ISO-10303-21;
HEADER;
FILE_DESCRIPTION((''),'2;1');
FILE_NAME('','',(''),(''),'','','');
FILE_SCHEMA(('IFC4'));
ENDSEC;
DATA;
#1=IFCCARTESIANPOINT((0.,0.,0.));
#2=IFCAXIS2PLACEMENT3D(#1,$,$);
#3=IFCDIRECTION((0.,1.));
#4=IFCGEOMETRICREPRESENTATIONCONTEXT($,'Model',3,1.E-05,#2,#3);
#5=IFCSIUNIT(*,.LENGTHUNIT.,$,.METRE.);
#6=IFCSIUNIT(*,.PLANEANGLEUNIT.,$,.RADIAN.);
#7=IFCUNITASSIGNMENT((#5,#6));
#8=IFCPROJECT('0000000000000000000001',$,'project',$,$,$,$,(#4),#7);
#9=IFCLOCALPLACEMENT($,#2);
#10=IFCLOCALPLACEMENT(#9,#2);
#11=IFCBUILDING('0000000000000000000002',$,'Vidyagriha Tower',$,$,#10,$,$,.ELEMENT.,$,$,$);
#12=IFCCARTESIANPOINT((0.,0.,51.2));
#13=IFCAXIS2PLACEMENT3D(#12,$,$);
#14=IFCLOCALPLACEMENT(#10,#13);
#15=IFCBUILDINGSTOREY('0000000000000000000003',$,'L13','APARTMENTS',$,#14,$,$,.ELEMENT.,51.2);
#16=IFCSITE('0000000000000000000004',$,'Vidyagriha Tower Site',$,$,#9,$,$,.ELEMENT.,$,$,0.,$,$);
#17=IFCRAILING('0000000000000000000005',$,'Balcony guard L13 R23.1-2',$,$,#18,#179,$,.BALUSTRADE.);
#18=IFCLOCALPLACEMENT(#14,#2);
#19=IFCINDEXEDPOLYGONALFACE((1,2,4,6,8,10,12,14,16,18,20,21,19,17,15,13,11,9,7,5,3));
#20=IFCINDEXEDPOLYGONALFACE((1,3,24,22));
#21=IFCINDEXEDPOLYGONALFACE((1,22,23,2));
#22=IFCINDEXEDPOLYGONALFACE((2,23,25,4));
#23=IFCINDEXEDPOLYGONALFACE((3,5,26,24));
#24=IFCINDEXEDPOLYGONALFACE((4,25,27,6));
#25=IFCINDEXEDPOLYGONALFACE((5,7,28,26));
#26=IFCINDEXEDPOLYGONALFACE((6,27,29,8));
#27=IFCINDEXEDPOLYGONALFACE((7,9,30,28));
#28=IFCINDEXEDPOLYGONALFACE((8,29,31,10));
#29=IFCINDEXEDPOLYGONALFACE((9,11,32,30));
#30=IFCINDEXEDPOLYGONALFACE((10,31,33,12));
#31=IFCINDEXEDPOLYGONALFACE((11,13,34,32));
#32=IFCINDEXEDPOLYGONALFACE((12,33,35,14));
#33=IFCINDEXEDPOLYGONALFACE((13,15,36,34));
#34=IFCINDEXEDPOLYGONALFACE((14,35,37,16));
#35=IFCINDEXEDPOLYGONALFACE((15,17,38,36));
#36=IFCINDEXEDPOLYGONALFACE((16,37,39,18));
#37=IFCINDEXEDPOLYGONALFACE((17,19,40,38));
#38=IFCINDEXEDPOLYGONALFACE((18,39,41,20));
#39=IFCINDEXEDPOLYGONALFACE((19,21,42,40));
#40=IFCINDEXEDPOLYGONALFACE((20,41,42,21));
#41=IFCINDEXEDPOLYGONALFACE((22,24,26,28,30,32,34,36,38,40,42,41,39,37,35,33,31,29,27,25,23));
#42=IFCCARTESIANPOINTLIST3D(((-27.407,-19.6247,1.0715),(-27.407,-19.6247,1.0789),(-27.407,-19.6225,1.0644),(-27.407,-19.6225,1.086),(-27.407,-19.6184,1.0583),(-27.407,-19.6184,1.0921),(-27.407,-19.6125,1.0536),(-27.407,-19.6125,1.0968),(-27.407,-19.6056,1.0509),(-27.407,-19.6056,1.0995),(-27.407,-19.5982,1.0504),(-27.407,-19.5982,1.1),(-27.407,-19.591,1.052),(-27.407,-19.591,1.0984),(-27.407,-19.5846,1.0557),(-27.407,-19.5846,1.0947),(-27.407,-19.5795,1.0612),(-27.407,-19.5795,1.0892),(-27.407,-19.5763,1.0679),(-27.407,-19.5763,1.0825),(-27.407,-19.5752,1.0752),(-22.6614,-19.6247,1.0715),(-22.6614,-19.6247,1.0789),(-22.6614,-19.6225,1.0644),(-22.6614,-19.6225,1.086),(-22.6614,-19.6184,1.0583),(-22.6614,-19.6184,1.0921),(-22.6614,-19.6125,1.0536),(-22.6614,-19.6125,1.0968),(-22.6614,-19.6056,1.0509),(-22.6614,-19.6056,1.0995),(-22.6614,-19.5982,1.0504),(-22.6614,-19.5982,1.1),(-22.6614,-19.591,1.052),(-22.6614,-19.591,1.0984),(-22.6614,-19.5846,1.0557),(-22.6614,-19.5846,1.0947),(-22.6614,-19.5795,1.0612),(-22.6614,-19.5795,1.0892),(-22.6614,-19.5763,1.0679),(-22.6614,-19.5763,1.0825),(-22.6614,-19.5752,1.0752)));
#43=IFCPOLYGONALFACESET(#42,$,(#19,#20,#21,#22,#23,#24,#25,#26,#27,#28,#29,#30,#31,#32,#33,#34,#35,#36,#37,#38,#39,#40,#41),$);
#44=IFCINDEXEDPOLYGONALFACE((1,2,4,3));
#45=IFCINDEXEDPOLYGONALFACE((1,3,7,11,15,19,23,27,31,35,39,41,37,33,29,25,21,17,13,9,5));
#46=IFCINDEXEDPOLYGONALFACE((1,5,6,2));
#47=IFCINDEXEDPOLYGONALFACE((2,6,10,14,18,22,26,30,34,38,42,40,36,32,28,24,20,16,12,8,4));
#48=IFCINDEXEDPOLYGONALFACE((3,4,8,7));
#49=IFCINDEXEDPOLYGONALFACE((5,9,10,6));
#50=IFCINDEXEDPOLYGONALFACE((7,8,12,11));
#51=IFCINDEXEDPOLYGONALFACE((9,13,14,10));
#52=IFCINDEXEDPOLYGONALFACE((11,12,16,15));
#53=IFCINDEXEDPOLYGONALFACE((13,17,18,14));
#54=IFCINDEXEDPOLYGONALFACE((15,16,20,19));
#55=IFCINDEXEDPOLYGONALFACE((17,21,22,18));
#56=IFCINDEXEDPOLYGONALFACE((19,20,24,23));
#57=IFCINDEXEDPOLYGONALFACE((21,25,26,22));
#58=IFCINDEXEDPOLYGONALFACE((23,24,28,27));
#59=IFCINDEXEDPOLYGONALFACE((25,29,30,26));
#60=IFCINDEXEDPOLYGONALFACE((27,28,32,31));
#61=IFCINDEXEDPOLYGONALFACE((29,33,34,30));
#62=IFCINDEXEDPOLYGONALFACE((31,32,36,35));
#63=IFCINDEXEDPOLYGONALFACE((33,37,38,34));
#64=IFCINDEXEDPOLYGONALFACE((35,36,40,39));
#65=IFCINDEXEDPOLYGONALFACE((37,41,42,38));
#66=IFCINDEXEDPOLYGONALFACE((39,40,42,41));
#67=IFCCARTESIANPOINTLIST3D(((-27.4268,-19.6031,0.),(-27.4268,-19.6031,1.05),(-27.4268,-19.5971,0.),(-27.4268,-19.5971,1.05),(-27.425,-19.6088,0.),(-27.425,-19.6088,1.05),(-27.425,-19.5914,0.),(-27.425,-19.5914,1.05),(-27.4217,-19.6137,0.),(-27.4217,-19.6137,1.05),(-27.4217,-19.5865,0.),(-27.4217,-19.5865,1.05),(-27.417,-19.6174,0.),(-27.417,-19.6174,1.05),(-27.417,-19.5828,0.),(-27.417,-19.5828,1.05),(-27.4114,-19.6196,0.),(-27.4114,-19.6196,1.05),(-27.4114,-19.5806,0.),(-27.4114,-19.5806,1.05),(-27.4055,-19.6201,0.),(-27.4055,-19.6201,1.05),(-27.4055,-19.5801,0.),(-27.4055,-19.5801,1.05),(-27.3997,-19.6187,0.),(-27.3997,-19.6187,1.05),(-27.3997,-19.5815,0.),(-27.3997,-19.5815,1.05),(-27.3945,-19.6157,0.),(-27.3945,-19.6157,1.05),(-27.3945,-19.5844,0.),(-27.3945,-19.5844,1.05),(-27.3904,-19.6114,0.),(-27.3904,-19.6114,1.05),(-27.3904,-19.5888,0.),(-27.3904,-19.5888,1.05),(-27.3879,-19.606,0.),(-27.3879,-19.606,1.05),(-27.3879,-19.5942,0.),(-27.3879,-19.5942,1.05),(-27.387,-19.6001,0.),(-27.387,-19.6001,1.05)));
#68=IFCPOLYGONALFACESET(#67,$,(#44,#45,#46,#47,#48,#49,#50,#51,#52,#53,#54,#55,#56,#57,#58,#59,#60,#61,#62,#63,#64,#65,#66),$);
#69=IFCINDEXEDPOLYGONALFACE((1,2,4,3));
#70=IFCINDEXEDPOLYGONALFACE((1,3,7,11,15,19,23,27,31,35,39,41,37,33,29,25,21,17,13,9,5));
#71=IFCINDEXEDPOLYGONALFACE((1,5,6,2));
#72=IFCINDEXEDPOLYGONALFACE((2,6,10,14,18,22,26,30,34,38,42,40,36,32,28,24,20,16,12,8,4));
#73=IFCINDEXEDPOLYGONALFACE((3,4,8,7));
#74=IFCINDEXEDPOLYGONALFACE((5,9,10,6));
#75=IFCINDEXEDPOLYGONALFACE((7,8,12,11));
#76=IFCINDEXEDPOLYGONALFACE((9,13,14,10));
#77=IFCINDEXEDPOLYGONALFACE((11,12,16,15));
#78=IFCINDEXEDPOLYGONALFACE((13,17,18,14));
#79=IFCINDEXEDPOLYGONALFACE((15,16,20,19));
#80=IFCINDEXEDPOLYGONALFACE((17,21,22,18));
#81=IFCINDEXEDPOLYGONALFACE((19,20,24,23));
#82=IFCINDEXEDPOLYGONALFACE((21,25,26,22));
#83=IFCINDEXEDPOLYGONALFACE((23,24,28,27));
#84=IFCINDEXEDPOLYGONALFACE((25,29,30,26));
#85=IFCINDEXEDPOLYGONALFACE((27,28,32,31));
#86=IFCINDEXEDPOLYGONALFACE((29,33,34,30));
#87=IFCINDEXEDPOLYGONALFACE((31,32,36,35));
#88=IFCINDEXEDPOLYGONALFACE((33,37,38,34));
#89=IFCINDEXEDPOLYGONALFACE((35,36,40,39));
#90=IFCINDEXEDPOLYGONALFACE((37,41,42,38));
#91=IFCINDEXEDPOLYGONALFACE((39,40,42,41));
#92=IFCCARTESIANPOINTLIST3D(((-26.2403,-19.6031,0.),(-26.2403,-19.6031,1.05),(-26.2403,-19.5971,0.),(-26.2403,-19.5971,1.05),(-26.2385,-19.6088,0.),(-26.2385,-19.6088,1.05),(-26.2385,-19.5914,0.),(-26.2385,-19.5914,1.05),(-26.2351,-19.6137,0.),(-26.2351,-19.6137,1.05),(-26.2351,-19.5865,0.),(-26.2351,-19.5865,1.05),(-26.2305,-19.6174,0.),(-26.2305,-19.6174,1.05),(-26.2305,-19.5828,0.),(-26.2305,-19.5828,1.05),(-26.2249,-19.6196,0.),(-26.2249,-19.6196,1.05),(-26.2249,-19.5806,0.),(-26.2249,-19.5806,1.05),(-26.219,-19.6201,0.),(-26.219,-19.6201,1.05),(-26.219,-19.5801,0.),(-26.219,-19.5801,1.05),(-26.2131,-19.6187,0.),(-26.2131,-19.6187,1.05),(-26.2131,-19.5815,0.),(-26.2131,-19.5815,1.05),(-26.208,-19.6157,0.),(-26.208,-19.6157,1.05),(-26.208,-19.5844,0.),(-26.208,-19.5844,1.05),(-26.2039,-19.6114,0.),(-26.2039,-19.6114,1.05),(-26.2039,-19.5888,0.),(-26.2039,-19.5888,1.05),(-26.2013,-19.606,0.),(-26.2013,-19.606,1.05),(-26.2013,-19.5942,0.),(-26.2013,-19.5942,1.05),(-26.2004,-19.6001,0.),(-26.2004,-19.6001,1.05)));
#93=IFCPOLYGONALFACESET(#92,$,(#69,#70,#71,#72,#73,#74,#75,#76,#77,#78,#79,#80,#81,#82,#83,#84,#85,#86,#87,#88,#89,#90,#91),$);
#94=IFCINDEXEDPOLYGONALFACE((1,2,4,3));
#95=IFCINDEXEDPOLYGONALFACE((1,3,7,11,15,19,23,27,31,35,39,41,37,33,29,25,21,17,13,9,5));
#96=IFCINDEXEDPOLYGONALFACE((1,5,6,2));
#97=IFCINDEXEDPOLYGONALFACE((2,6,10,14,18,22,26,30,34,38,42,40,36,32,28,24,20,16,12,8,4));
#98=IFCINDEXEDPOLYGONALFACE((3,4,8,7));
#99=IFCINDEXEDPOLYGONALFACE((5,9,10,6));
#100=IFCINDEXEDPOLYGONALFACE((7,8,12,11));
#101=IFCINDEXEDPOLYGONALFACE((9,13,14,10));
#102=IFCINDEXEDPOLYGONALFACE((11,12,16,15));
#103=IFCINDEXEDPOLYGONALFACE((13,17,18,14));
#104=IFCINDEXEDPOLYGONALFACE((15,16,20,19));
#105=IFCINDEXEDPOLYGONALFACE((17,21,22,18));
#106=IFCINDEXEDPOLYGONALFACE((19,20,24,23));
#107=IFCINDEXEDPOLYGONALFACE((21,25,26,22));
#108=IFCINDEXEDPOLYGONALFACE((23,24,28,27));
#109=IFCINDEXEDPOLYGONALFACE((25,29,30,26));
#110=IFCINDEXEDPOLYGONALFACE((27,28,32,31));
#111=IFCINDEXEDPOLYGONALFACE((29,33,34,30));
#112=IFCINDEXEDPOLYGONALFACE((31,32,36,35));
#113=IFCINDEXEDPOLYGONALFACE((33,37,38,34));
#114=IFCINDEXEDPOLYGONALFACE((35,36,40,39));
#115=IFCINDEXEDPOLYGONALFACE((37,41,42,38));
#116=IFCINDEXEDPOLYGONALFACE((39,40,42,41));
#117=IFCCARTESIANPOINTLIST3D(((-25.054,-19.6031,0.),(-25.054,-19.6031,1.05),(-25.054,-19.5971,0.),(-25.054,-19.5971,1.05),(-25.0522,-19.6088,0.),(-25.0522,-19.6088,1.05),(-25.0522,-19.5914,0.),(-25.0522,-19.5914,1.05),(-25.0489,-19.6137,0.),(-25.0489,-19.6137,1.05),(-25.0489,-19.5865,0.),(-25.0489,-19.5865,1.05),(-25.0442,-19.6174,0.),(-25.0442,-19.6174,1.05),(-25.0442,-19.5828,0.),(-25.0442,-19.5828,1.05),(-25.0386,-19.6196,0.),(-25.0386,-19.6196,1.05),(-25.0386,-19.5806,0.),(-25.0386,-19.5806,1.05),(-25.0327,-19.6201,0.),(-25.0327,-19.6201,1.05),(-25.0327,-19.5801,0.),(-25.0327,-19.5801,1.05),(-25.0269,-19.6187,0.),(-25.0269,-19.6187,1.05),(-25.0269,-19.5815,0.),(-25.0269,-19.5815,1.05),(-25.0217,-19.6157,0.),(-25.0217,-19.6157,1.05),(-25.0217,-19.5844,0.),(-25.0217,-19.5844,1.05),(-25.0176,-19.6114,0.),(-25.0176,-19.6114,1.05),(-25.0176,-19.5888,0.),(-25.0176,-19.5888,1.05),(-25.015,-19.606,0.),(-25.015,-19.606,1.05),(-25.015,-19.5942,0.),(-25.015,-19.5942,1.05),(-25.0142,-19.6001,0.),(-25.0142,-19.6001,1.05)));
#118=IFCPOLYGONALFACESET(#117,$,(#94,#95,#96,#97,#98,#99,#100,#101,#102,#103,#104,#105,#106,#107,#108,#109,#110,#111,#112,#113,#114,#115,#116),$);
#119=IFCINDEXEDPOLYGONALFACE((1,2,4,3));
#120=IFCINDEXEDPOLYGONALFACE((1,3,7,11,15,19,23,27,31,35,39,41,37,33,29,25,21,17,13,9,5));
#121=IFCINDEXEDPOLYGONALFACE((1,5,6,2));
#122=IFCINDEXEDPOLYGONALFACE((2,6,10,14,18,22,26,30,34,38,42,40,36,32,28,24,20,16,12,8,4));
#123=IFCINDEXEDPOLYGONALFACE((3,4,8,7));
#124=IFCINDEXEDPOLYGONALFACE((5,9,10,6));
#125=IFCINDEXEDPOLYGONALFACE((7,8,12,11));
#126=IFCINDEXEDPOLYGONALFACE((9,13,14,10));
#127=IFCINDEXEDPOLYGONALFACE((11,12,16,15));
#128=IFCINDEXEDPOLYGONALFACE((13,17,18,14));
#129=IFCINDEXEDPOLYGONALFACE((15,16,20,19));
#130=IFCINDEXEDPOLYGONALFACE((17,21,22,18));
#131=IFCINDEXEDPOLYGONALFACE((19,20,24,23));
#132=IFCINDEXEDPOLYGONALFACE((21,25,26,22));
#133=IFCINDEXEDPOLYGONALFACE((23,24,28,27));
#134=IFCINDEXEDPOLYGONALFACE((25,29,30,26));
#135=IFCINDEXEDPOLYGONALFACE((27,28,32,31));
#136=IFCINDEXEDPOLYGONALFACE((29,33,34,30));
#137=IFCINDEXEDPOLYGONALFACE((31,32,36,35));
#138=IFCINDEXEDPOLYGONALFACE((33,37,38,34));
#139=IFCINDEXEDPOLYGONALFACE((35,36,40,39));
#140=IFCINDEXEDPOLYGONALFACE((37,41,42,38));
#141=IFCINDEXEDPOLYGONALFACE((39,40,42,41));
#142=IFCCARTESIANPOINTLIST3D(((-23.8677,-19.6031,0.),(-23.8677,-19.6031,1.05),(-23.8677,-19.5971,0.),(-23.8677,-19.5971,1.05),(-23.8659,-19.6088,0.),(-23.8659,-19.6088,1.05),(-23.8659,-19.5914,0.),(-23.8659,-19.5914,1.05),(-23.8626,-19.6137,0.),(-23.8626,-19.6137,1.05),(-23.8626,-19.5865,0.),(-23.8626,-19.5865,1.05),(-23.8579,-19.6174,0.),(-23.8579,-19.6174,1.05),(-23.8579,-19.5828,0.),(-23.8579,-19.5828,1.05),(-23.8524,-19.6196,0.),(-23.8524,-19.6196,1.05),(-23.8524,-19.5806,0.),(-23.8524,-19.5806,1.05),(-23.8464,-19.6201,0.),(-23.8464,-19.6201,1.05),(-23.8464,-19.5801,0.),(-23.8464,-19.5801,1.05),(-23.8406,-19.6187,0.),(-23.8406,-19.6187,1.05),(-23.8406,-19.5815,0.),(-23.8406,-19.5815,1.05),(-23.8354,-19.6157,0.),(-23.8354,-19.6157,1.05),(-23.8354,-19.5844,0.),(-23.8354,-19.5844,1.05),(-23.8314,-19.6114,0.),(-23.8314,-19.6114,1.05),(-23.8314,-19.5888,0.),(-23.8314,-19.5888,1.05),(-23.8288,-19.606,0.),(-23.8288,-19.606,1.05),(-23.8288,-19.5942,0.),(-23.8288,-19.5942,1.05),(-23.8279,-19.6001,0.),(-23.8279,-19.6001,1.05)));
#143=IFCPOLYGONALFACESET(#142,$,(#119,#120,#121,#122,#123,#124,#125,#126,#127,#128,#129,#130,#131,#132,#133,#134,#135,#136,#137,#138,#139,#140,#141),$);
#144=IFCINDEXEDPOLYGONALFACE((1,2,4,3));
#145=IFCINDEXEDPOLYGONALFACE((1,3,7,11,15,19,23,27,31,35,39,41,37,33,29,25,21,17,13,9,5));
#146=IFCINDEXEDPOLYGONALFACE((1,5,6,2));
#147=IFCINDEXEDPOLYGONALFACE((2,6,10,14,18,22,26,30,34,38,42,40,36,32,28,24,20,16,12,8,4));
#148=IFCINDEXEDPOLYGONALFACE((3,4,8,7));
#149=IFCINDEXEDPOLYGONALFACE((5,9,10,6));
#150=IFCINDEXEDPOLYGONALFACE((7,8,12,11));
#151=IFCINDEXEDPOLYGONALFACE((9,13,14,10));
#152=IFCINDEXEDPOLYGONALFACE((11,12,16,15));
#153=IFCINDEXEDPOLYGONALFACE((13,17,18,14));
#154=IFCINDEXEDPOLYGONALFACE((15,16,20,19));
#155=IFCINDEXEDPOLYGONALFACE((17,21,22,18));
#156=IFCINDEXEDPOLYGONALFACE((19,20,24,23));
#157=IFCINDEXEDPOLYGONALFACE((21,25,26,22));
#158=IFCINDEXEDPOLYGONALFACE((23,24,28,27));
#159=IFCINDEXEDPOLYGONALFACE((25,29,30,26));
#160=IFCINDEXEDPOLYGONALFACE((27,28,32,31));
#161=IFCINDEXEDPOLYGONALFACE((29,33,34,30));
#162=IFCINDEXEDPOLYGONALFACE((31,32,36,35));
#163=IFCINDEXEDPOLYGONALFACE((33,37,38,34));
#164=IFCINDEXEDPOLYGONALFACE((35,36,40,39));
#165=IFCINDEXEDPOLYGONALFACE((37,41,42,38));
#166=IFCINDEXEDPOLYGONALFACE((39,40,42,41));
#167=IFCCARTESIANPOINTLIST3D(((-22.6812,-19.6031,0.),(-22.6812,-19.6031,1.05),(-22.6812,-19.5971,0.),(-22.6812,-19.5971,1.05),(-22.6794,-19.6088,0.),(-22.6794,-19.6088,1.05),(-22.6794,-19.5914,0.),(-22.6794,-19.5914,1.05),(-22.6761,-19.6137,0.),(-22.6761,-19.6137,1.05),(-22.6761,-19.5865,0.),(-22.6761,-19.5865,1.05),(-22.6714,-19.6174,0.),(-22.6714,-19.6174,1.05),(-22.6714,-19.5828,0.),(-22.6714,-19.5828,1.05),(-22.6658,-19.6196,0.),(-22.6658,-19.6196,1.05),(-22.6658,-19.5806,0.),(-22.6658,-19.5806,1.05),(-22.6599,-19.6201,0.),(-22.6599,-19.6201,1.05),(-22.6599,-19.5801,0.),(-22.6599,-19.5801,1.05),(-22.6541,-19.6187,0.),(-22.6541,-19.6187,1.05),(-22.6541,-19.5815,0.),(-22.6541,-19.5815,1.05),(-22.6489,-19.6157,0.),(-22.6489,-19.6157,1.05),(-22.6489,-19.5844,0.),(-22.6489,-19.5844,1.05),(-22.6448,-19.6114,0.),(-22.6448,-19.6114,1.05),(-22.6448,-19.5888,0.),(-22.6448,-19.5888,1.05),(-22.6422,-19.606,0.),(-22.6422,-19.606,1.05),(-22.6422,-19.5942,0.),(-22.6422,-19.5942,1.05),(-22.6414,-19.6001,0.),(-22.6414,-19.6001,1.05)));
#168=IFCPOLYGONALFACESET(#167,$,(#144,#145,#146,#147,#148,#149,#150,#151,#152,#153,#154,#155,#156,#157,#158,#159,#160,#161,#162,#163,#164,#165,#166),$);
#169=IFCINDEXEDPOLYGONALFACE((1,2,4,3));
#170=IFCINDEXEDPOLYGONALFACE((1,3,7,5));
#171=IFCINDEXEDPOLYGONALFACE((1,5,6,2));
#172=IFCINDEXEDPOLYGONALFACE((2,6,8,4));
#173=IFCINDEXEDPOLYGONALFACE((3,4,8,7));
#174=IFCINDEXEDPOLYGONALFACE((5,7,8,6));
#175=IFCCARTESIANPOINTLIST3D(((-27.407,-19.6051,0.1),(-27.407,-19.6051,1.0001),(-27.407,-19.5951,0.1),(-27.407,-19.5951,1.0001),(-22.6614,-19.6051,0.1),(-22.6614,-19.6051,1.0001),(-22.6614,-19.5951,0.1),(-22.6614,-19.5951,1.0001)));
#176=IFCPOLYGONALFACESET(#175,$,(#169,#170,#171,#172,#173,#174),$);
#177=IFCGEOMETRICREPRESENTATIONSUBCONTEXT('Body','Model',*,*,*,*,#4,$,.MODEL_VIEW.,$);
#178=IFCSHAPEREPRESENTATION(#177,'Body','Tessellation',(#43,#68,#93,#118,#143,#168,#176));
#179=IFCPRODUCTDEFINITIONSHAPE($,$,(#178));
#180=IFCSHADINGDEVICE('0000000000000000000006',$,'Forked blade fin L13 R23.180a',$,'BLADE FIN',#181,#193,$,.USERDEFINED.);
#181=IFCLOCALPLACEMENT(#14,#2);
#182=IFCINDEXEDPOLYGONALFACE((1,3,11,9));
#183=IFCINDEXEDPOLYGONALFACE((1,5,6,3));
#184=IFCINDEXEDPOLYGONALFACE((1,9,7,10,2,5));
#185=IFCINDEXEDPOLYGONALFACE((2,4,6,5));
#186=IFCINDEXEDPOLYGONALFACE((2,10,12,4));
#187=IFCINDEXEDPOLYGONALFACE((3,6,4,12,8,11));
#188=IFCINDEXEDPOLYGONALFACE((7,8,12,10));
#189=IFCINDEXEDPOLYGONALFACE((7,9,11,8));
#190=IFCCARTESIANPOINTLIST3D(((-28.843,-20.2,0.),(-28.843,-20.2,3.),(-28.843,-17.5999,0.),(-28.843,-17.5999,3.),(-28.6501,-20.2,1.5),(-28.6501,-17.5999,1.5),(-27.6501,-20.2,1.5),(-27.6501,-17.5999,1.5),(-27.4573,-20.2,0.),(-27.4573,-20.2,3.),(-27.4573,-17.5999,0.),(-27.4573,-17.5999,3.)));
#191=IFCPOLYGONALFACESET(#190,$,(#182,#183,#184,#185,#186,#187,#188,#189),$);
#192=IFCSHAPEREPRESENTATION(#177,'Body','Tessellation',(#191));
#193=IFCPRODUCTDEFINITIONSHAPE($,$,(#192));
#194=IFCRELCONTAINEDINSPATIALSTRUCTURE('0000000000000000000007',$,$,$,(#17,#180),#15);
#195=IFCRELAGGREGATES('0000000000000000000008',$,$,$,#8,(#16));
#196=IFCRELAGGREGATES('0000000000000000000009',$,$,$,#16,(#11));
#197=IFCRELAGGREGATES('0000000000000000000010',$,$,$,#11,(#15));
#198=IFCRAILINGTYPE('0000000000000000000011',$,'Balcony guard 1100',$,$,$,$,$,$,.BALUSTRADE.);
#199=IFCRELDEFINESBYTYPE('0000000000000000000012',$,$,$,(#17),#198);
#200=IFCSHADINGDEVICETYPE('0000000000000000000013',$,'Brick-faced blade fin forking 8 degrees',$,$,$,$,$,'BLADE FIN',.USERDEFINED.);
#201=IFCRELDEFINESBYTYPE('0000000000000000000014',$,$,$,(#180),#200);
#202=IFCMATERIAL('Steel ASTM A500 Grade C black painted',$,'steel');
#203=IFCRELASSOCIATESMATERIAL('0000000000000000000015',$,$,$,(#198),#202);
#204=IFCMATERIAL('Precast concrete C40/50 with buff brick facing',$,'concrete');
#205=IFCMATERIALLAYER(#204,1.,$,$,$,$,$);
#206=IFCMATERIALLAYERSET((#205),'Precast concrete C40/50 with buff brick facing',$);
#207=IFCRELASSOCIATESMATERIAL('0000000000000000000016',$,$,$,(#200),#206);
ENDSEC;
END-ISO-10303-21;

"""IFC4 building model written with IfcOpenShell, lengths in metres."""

from ifc_helpers import new_model, si_unit, direction, frame, origin, origin_2d, place, context, subcontext, project, spatial, polyline, rectangle, circle, outline, extrude, material, layer, layer_set, type_object, element, save


model = new_model("IFC4")

# Units and contexts
model_context = context("Model", 3, precision=1e-05, world=origin(), true_north=direction((0.0, 1.0)))
body_context = subcontext(model_context, "Body", "Model", "MODEL_VIEW")
ifc_project = project(units=[si_unit("LENGTHUNIT", "METRE"), si_unit("PLANEANGLEUNIT", "RADIAN")], contexts=[model_context])

# Site, building, storey
site_placement = place(None, origin())
site = spatial("IfcSite", under=ifc_project, at=site_placement, Name="Vidyagriha Tower Site", CompositionType="ELEMENT", RefElevation=0.0)
building_placement = place(site_placement, origin())
building = spatial("IfcBuilding", under=site, at=building_placement, Name="Vidyagriha Tower", CompositionType="ELEMENT")
storey_placement = place(building_placement, frame((0.0, 0.0, 51.2)))
storey = spatial("IfcBuildingStorey", under=building, at=storey_placement, Name="L13", Description="APARTMENTS", CompositionType="ELEMENT", Elevation=51.2)

# Railing
ifc_material_1 = material(Name="Steel ASTM A500 Grade C black painted", Category="steel")
railing_type_1 = type_object("IfcRailingType", Name="Balcony guard 1100", PredefinedType="BALUSTRADE", material=ifc_material_1)
railing_1_placement = place(storey_placement, frame((-27.407, -19.6001, 0.0)))
element("IfcRailing", 1, at=railing_1_placement, inside=storey, type_object=railing_type_1, Name="Balcony guard L13 R23.1-2", PredefinedType="BALUSTRADE", context=body_context, shape_type="SweptSolid", body=[
    extrude(circle(Radius=0.0249, at=origin_2d()), frame((0.0, 0.0, 1.0752), z_axis=(1.0, 0.0, 0.0), x_axis=(0.0, 1.0, 0.0)), (0.0, 0.0, 1.0), 4.7456),
    extrude(circle(Radius=0.02, at=origin_2d()), origin(), (0.0, 0.0, 1.0), 1.05),
    extrude(circle(Radius=0.02, at=origin_2d()), frame((1.1865, 0.0, 0.0)), (0.0, 0.0, 1.0), 1.05),
    extrude(circle(Radius=0.02, at=origin_2d()), frame((2.3728, 0.0, 0.0)), (0.0, 0.0, 1.0), 1.05),
    extrude(circle(Radius=0.02, at=origin_2d()), frame((3.5591, 0.0, 0.0)), (0.0, 0.0, 1.0), 1.05),
    extrude(circle(Radius=0.02, at=origin_2d()), frame((4.7456, 0.0, 0.0)), (0.0, 0.0, 1.0), 1.05),
    extrude(rectangle(XDim=0.01, YDim=0.9001, at=origin_2d()), frame((0.0, 0.0, 0.55), z_axis=(1.0, 0.0, 0.0), x_axis=(0.0, 1.0, 0.0)), (0.0, 0.0, 1.0), 4.7456),
])

# Shading device
ifc_material_2 = material(Name="Precast concrete C40/50 with buff brick facing", Category="concrete")
ifc_layer_1 = layer(ifc_material_2, 1.0)
ifc_layer_set_1 = layer_set([ifc_layer_1], Name="Precast concrete C40/50 with buff brick facing")
shading_device_type = type_object("IfcShadingDeviceType", Name="Brick-faced blade fin forking 8 degrees", ElementType="BLADE FIN", PredefinedType="USERDEFINED", material=ifc_layer_set_1)
shading_device_placement = place(storey_placement, frame((-28.843, -18.8999, 0.0)))
element("IfcShadingDevice", 2, at=shading_device_placement, inside=storey, type_object=shading_device_type, Name="Forked blade fin L13 R23.180a", ObjectType="BLADE FIN", PredefinedType="USERDEFINED", context=body_context, shape_type="SweptSolid", body=[
    extrude(outline(polyline([(0.0, 0.0), (1.3857, 0.0), (1.1929, 1.5), (1.3857, 3.0), (0.0, 3.0), (0.1929, 1.5), (0.0, 0.0)])), frame((0.0, 1.3, 0.0), z_axis=(0.0, -1.0, 0.0), x_axis=(1.0, 0.0, 0.0)), (0.0, 0.0, 1.0), 2.6001),
])

save(model, "model.ifc")
